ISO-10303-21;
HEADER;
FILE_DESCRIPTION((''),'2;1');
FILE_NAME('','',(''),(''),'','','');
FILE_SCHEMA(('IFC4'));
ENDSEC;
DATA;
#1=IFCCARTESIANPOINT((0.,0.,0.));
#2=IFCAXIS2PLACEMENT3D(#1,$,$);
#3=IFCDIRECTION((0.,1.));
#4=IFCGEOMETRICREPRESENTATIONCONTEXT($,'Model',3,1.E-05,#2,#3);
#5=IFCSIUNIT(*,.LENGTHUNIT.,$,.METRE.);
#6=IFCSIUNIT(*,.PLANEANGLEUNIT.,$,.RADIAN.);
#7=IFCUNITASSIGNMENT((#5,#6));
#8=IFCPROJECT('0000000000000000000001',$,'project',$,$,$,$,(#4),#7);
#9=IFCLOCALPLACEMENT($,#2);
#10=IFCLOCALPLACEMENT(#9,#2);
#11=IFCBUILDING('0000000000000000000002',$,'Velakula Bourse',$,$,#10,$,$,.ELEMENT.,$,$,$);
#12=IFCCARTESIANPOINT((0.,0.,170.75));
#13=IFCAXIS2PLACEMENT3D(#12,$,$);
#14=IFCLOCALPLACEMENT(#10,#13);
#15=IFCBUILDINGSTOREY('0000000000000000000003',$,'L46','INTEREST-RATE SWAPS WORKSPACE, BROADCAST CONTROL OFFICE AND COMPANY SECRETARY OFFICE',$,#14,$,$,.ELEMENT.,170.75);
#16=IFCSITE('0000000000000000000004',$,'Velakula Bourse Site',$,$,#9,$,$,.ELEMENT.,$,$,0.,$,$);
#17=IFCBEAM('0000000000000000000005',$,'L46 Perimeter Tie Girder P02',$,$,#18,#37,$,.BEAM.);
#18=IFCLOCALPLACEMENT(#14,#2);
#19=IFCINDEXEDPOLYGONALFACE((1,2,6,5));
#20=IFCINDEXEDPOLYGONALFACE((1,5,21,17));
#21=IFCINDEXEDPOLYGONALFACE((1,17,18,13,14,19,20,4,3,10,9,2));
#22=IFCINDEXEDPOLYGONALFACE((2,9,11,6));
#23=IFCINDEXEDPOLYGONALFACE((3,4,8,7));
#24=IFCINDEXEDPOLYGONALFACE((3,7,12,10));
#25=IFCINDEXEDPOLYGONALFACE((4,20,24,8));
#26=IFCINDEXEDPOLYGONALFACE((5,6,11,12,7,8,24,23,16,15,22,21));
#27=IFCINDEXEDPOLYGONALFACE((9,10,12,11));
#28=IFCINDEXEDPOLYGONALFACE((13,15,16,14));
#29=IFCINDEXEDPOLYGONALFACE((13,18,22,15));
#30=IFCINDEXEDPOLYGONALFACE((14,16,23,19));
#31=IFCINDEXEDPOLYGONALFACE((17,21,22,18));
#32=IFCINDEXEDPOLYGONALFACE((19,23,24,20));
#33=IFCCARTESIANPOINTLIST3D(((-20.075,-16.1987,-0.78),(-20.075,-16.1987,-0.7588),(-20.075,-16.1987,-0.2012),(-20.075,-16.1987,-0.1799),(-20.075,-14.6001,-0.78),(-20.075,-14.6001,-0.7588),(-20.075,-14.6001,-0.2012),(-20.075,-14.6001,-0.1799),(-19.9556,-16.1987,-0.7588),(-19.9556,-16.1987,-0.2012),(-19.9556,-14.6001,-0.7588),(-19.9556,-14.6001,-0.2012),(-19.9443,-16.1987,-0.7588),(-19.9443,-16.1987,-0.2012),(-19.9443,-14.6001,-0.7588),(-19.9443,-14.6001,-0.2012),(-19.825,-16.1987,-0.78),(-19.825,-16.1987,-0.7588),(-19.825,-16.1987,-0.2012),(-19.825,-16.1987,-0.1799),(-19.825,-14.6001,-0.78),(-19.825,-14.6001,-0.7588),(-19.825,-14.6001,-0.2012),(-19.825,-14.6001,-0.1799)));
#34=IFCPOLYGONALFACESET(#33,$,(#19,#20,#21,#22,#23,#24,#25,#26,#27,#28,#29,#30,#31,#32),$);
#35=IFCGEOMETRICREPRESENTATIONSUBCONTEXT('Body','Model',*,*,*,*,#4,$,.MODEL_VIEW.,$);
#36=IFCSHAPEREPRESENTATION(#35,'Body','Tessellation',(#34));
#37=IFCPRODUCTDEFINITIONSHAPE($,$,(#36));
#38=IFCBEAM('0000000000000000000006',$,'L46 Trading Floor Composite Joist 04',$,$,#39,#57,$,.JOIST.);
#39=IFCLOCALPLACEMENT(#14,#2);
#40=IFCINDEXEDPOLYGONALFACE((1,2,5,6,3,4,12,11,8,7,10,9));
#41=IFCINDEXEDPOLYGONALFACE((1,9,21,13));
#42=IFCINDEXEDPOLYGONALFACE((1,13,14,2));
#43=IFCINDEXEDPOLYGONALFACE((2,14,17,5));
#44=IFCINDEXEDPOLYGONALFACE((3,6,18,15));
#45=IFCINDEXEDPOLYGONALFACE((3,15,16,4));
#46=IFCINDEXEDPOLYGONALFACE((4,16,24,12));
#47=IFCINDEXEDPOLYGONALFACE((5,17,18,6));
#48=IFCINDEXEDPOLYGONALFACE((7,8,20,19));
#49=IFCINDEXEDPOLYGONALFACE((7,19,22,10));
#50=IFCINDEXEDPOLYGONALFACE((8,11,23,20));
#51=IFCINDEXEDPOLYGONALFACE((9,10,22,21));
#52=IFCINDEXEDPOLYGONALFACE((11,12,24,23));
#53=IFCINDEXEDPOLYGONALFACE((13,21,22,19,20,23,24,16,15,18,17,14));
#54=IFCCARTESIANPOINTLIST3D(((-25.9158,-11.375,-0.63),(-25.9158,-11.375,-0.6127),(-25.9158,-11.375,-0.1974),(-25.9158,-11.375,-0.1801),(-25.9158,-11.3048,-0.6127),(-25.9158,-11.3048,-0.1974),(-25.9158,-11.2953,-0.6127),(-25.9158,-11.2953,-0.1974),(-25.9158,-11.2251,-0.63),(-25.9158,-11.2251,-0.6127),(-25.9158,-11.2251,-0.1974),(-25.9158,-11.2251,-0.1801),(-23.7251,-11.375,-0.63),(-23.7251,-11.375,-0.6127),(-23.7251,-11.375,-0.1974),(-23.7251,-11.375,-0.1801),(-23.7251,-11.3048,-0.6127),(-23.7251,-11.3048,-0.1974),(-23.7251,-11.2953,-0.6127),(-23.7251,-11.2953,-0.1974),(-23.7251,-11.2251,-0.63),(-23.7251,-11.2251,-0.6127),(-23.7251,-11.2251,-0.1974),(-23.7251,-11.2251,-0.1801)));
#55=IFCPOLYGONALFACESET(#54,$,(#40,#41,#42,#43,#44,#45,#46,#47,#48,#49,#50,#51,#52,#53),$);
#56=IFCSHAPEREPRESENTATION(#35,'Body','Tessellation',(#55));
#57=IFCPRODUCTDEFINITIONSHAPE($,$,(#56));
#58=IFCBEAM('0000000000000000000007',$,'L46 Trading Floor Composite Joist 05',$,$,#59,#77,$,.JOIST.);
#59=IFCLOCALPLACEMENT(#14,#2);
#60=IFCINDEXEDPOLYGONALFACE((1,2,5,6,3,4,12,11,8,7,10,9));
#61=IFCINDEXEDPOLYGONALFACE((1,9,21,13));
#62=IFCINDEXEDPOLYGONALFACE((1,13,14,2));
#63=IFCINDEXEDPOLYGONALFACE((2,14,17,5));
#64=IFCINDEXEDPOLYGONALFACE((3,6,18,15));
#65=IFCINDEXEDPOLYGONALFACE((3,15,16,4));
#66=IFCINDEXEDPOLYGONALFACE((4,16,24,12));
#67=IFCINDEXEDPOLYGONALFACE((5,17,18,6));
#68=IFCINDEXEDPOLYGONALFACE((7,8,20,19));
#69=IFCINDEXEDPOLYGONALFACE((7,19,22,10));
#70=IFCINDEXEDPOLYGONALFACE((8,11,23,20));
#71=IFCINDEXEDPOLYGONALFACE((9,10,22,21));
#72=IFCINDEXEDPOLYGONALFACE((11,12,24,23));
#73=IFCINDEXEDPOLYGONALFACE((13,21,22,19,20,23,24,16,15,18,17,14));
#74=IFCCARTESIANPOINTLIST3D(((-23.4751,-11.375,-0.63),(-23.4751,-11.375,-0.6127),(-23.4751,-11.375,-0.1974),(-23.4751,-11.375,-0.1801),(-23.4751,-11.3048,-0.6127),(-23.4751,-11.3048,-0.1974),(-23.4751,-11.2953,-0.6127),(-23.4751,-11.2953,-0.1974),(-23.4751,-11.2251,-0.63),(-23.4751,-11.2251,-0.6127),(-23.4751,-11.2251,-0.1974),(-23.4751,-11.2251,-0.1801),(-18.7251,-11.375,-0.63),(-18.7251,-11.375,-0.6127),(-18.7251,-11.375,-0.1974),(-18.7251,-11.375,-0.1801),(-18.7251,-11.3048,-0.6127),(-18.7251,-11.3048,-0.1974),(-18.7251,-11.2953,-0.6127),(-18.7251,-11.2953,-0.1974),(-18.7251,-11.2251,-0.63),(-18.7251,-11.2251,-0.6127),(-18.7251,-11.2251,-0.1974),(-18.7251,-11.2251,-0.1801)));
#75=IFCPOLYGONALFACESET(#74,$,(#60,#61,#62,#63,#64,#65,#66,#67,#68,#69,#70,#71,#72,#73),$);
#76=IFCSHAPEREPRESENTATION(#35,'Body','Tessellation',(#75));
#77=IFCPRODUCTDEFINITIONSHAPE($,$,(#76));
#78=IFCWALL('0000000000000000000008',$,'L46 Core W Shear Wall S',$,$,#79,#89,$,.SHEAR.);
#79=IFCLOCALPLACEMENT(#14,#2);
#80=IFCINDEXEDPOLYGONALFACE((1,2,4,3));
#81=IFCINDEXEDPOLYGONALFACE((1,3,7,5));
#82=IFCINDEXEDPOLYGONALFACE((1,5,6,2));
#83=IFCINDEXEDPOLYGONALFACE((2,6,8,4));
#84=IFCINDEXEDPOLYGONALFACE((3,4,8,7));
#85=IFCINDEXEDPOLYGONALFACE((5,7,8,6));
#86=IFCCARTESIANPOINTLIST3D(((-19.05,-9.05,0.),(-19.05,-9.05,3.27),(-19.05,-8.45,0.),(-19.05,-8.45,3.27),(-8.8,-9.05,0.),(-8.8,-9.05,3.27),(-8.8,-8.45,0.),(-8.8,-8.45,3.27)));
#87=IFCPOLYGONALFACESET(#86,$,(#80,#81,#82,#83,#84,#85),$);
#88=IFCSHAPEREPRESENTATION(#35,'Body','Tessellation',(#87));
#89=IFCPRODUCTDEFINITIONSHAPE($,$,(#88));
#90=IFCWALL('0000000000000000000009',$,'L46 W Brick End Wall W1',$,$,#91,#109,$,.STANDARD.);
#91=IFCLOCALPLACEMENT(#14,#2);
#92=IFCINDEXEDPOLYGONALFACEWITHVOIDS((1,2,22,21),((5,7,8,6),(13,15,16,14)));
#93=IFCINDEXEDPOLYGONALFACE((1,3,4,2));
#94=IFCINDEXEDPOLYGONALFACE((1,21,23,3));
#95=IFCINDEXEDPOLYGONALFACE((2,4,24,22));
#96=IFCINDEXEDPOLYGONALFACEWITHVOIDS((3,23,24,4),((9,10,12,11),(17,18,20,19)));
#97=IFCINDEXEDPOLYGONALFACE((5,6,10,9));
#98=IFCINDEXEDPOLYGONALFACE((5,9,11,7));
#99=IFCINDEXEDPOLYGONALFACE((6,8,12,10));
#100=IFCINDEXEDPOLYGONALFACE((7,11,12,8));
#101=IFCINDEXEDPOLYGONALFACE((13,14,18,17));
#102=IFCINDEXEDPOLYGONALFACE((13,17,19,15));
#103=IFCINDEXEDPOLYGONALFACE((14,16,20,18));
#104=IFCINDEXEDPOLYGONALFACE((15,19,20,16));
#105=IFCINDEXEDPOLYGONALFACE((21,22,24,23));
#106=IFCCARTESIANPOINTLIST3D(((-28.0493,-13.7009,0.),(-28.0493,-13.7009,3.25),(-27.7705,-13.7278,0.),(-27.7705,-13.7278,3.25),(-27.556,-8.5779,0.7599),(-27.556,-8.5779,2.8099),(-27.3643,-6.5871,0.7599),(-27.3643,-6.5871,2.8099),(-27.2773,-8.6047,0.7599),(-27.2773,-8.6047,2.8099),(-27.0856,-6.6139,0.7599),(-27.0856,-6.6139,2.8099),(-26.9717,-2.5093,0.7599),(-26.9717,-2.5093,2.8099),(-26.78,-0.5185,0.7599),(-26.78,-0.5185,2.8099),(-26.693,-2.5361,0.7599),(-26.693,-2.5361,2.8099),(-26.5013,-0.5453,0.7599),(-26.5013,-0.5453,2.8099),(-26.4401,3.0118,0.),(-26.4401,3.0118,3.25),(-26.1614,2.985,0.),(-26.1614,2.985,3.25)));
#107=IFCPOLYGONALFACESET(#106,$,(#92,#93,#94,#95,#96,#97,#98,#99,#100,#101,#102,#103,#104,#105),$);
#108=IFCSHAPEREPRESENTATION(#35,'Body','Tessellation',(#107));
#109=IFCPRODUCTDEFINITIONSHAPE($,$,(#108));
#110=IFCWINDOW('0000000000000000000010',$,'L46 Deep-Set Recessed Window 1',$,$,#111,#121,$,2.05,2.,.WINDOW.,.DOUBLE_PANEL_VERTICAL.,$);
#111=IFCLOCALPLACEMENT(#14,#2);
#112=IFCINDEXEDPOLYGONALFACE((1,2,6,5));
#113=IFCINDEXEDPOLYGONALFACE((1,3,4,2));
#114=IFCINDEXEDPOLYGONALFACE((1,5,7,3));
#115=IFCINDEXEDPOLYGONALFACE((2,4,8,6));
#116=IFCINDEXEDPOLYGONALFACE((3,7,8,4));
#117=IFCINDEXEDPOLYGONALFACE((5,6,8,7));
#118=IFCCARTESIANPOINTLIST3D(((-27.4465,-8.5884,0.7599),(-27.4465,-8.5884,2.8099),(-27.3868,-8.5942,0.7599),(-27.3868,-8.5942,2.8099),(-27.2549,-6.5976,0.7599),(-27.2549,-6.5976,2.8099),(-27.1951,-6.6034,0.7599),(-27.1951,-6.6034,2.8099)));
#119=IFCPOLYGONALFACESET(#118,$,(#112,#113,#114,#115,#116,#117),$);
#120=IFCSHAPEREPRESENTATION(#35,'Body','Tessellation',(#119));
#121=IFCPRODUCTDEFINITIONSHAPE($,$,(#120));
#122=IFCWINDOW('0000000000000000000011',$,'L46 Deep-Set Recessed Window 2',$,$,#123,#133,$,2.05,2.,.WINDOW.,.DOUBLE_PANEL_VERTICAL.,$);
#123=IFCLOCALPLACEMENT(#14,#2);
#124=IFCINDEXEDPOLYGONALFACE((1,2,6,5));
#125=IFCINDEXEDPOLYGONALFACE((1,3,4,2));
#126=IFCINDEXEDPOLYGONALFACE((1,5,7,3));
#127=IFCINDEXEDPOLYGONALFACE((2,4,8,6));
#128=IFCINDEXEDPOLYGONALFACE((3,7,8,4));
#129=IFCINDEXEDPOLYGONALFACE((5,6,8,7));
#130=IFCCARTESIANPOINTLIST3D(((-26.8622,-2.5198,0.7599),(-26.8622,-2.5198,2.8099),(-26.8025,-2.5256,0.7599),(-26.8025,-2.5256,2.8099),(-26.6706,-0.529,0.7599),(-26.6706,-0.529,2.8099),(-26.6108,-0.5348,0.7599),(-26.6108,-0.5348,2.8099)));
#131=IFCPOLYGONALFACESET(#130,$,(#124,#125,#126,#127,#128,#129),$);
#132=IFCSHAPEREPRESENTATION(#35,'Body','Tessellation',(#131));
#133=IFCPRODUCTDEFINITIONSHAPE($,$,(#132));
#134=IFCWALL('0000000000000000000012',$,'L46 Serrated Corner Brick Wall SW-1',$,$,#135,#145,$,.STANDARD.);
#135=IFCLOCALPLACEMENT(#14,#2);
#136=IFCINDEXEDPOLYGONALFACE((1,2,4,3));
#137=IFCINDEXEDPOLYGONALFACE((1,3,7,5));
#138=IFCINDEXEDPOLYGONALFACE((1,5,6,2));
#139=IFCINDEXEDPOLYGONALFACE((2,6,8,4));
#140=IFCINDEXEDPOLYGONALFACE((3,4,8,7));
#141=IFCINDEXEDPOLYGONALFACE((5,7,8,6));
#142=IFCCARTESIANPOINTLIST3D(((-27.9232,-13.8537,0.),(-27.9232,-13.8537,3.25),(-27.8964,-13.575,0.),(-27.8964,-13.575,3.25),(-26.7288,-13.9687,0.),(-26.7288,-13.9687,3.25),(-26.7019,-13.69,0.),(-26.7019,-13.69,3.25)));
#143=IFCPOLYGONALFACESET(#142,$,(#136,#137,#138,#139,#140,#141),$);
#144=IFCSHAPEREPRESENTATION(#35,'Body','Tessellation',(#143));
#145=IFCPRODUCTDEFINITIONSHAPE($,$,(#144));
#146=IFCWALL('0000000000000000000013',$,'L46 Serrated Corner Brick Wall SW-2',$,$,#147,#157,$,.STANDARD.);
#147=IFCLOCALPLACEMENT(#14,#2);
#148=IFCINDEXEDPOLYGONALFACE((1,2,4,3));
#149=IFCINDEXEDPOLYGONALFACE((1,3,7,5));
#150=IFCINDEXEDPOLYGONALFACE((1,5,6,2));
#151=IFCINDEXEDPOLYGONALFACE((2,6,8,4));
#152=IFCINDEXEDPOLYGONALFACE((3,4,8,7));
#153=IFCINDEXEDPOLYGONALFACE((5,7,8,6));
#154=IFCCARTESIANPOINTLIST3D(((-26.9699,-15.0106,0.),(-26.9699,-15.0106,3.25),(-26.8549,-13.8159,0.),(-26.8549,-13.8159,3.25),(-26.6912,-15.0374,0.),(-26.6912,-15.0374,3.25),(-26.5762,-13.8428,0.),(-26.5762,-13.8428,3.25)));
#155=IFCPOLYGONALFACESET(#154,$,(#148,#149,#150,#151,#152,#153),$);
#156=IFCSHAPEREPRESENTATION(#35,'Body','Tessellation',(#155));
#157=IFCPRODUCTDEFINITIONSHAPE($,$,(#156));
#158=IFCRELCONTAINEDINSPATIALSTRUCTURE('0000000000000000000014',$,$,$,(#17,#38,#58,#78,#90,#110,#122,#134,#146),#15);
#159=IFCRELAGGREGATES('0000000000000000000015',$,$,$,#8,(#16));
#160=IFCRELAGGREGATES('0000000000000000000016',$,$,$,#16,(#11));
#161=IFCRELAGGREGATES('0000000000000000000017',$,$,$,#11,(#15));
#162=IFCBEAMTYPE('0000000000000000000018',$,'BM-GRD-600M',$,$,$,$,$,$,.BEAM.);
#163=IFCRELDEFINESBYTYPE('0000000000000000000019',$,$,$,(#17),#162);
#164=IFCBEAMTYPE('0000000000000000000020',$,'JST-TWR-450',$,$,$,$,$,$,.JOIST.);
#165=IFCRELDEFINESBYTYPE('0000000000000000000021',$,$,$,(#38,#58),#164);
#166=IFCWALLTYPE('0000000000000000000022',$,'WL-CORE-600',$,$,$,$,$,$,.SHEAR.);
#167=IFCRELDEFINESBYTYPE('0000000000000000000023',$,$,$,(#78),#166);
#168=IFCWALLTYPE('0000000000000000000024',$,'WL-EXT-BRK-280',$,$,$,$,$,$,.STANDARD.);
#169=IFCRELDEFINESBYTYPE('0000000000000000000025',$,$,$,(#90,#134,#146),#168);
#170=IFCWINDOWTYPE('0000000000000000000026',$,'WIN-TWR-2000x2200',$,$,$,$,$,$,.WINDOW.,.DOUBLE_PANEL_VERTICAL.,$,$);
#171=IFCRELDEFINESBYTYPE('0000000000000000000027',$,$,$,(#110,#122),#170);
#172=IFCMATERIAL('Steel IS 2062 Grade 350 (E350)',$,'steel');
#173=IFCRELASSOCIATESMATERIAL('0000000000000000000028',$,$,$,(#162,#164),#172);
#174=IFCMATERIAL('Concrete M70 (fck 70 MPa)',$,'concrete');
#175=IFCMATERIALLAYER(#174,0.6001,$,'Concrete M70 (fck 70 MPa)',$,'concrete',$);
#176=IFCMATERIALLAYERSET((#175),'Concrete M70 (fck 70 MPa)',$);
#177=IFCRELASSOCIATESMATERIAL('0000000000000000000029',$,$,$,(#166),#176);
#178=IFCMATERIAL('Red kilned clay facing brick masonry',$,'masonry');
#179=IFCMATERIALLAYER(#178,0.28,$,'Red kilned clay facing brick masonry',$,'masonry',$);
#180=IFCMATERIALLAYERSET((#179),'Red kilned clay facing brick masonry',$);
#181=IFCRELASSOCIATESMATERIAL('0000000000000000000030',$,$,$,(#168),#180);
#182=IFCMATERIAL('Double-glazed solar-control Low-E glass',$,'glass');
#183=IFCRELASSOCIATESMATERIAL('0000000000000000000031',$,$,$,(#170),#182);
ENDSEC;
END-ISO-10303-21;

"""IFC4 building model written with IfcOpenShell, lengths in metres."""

from ifc_helpers import new_model, si_unit, direction, frame, frame_2d, origin, origin_2d, place, context, subcontext, project, spatial, rectangle, i_section, extrude, material, layer, layer_set, material_profile, profile_set, type_object, element, fill, save


model = new_model("IFC4")

# Units and contexts
model_context = context("Model", 3, precision=1e-05, world=origin(), true_north=direction((0.0, 1.0)))
body_context = subcontext(model_context, "Body", "Model", "MODEL_VIEW")
ifc_project = project(units=[si_unit("LENGTHUNIT", "METRE"), si_unit("PLANEANGLEUNIT", "RADIAN")], contexts=[model_context])

# Site, building, storey
site_placement = place(None, origin())
site = spatial("IfcSite", under=ifc_project, at=site_placement, Name="Velakula Bourse Site", CompositionType="ELEMENT", RefElevation=0.0)
building_placement = place(site_placement, origin())
building = spatial("IfcBuilding", under=site, at=building_placement, Name="Velakula Bourse", CompositionType="ELEMENT")
storey_placement = place(building_placement, frame((0.0, 0.0, 170.75)))
storey = spatial("IfcBuildingStorey", under=building, at=storey_placement, Name="L46", Description="INTEREST-RATE SWAPS WORKSPACE, BROADCAST CONTROL OFFICE AND COMPANY SECRETARY OFFICE", CompositionType="ELEMENT", Elevation=170.75)

# Beams
ifc_material_1 = material(Name="Steel IS 2062 Grade 350 (E350)", Category="steel")
ifc_material_profile_1 = material_profile(ifc_material_1, i_section(OverallWidth=0.25, OverallDepth=0.6001, WebThickness=0.0112, FlangeThickness=0.0212, at=origin_2d()), Name="Steel IS 2062 Grade 350 (E350)")
ifc_profile_set_1 = profile_set([ifc_material_profile_1], Name="Steel IS 2062 Grade 350 (E350)")
beam_type_1 = type_object("IfcBeamType", Name="BM-GRD-600M", PredefinedType="BEAM", material=ifc_profile_set_1)
beam_1_placement = place(storey_placement, frame((-19.95, -14.6001, -0.48), z_axis=(0.0, -1.0, 0.0), x_axis=(1.0, 0.0, 0.0)))
element("IfcBeam", 1, at=beam_1_placement, inside=storey, type_object=beam_type_1, Name="L46 Perimeter Tie Girder P02", PredefinedType="BEAM", context=body_context, shape_type="SweptSolid", body=[
    extrude(i_section(OverallWidth=0.25, OverallDepth=0.6001, WebThickness=0.0112, FlangeThickness=0.0212, at=origin_2d()), origin(), (0.0, 0.0, 1.0), 1.5986),
])
ifc_material_profile_2 = material_profile(ifc_material_1, i_section(OverallWidth=0.1499, OverallDepth=0.45, WebThickness=0.0095, FlangeThickness=0.0173, at=origin_2d()), Name="Steel IS 2062 Grade 350 (E350)")
ifc_profile_set_2 = profile_set([ifc_material_profile_2], Name="Steel IS 2062 Grade 350 (E350)")
beam_type_2 = type_object("IfcBeamType", Name="JST-TWR-450", PredefinedType="JOIST", material=ifc_profile_set_2)
beam_2_placement = place(storey_placement, frame((-25.9158, -11.3, -0.405), z_axis=(1.0, 0.0, 0.0), x_axis=(0.0, 1.0, 0.0)))
element("IfcBeam", 2, at=beam_2_placement, inside=storey, type_object=beam_type_2, Name="L46 Trading Floor Composite Joist 04", PredefinedType="JOIST", context=body_context, shape_type="SweptSolid", body=[
    extrude(i_section(OverallWidth=0.1499, OverallDepth=0.45, WebThickness=0.0095, FlangeThickness=0.0173, at=origin_2d()), origin(), (0.0, 0.0, 1.0), 2.1907),
])
beam_3_placement = place(storey_placement, frame((-23.4751, -11.3, -0.405), z_axis=(1.0, 0.0, 0.0), x_axis=(0.0, 1.0, 0.0)))
element("IfcBeam", 3, at=beam_3_placement, inside=storey, type_object=beam_type_2, Name="L46 Trading Floor Composite Joist 05", PredefinedType="JOIST", context=body_context, shape_type="SweptSolid", body=[
    extrude(i_section(OverallWidth=0.1499, OverallDepth=0.45, WebThickness=0.0095, FlangeThickness=0.0173, at=origin_2d()), origin(), (0.0, 0.0, 1.0), 4.75),
])

# Wall
ifc_material_2 = material(Name="Concrete M70 (fck 70 MPa)", Category="concrete")
ifc_layer_1 = layer(ifc_material_2, 0.6001, Name="Concrete M70 (fck 70 MPa)", Category="concrete")
ifc_layer_set_1 = layer_set([ifc_layer_1], Name="Concrete M70 (fck 70 MPa)")
wall_type_1 = type_object("IfcWallType", Name="WL-CORE-600", PredefinedType="SHEAR", material=ifc_layer_set_1)
wall_1_placement = place(storey_placement, frame((-19.05, -8.75, 0.0), z_axis=(0.0, 0.0, 1.0), x_axis=(1.0, 0.0, 0.0)))
element("IfcWall", 4, at=wall_1_placement, inside=storey, type_object=wall_type_1, Name="L46 Core W Shear Wall S", PredefinedType="SHEAR", context=body_context, shape_type="SweptSolid", body=[
    extrude(rectangle(XDim=10.25, YDim=0.6001, at=frame_2d((5.125, 0.0))), origin(), (0.0, 0.0, 1.0), 3.27),
])

# Wall, openings, windows
ifc_material_3 = material(Name="Red kilned clay facing brick masonry", Category="masonry")
ifc_layer_2 = layer(ifc_material_3, 0.28, Name="Red kilned clay facing brick masonry", Category="masonry")
ifc_layer_set_2 = layer_set([ifc_layer_2], Name="Red kilned clay facing brick masonry")
wall_type_2 = type_object("IfcWallType", Name="WL-EXT-BRK-280", PredefinedType="STANDARD", material=ifc_layer_set_2)
wall_2_placement = place(storey_placement, frame((-27.9099, -13.7144, 0.0), z_axis=(0.0, 0.0, 1.0), x_axis=(0.095839, 0.995397, 0.0)))
wall_2 = element("IfcWall", 5, at=wall_2_placement, inside=storey, type_object=wall_type_2, Name="L46 W Brick End Wall W1", PredefinedType="STANDARD", context=body_context, shape_type="SweptSolid", body=[
    extrude(rectangle(XDim=16.79, YDim=0.28, at=frame_2d((8.395, 0.0))), origin(), (0.0, 0.0, 1.0), 3.25),
])
opening_1_placement = place(wall_2_placement, frame((5.1467, 0.0, 0.76)))
opening_1 = element("IfcOpeningElement", 6, at=opening_1_placement, cuts=wall_2, PredefinedType="OPENING", context=body_context, shape_type="SweptSolid", body=[
    extrude(rectangle(XDim=2.0, YDim=2.05, at=frame_2d((1.0, 1.0249))), frame((0.0, 0.1499, 0.0), z_axis=(0.0, -1.0, 0.0), x_axis=(1.0, 0.0, 0.0)), (0.0, 0.0, 1.0), 0.3),
])
opening_2_placement = place(wall_2_placement, frame((11.2434, 0.0, 0.76)))
opening_2 = element("IfcOpeningElement", 7, at=opening_2_placement, cuts=wall_2, PredefinedType="OPENING", context=body_context, shape_type="SweptSolid", body=[
    extrude(rectangle(XDim=2.0, YDim=2.05, at=frame_2d((1.0, 1.0249))), frame((0.0, 0.1499, 0.0), z_axis=(0.0, -1.0, 0.0), x_axis=(1.0, 0.0, 0.0)), (0.0, 0.0, 1.0), 0.3),
])
ifc_material_4 = material(Name="Double-glazed solar-control Low-E glass", Category="glass")
window_type = type_object("IfcWindowType", Name="WIN-TWR-2000x2200", PartitioningType="DOUBLE_PANEL_VERTICAL", PredefinedType="WINDOW", material=ifc_material_4)
window_1_placement = place(opening_1_placement, origin())
window_1 = element("IfcWindow", 8, at=window_1_placement, inside=storey, type_object=window_type, Name="L46 Deep-Set Recessed Window 1", OverallHeight=2.05, OverallWidth=2.0, PartitioningType="DOUBLE_PANEL_VERTICAL", PredefinedType="WINDOW", context=body_context, shape_type="SweptSolid", body=[
    extrude(rectangle(XDim=2.0, YDim=2.05, at=frame_2d((1.0, 1.0249))), frame((0.0, 0.03, 0.0), z_axis=(0.0, -1.0, 0.0), x_axis=(1.0, 0.0, 0.0)), (0.0, 0.0, 1.0), 0.0601),
])
fill(opening_1, window_1)
window_2_placement = place(opening_2_placement, origin())
window_2 = element("IfcWindow", 9, at=window_2_placement, inside=storey, type_object=window_type, Name="L46 Deep-Set Recessed Window 2", OverallHeight=2.05, OverallWidth=2.0, PartitioningType="DOUBLE_PANEL_VERTICAL", PredefinedType="WINDOW", context=body_context, shape_type="SweptSolid", body=[
    extrude(rectangle(XDim=2.0, YDim=2.05, at=frame_2d((1.0, 1.0249))), frame((0.0, 0.03, 0.0), z_axis=(0.0, -1.0, 0.0), x_axis=(1.0, 0.0, 0.0)), (0.0, 0.0, 1.0), 0.0601),
])
fill(opening_2, window_2)

# Walls
wall_3_placement = place(storey_placement, frame((-27.9099, -13.7144, 0.0), z_axis=(0.0, 0.0, 1.0), x_axis=(0.995397, -0.095836, 0.0)))
element("IfcWall", 10, at=wall_3_placement, inside=storey, type_object=wall_type_2, Name="L46 Serrated Corner Brick Wall SW-1", PredefinedType="STANDARD", context=body_context, shape_type="SweptSolid", body=[
    extrude(rectangle(XDim=1.2, YDim=0.28, at=frame_2d((0.6001, 0.0))), origin(), (0.0, 0.0, 1.0), 3.25),
])
wall_4_placement = place(storey_placement, frame((-26.7156, -13.8293, 0.0), z_axis=(0.0, 0.0, 1.0), x_axis=(-0.095817, -0.995399, 0.0)))
element("IfcWall", 11, at=wall_4_placement, inside=storey, type_object=wall_type_2, Name="L46 Serrated Corner Brick Wall SW-2", PredefinedType="STANDARD", context=body_context, shape_type="SweptSolid", body=[
    extrude(rectangle(XDim=1.2002, YDim=0.28, at=frame_2d((0.6001, 0.0))), origin(), (0.0, 0.0, 1.0), 3.25),
])

save(model, "model.ifc")
